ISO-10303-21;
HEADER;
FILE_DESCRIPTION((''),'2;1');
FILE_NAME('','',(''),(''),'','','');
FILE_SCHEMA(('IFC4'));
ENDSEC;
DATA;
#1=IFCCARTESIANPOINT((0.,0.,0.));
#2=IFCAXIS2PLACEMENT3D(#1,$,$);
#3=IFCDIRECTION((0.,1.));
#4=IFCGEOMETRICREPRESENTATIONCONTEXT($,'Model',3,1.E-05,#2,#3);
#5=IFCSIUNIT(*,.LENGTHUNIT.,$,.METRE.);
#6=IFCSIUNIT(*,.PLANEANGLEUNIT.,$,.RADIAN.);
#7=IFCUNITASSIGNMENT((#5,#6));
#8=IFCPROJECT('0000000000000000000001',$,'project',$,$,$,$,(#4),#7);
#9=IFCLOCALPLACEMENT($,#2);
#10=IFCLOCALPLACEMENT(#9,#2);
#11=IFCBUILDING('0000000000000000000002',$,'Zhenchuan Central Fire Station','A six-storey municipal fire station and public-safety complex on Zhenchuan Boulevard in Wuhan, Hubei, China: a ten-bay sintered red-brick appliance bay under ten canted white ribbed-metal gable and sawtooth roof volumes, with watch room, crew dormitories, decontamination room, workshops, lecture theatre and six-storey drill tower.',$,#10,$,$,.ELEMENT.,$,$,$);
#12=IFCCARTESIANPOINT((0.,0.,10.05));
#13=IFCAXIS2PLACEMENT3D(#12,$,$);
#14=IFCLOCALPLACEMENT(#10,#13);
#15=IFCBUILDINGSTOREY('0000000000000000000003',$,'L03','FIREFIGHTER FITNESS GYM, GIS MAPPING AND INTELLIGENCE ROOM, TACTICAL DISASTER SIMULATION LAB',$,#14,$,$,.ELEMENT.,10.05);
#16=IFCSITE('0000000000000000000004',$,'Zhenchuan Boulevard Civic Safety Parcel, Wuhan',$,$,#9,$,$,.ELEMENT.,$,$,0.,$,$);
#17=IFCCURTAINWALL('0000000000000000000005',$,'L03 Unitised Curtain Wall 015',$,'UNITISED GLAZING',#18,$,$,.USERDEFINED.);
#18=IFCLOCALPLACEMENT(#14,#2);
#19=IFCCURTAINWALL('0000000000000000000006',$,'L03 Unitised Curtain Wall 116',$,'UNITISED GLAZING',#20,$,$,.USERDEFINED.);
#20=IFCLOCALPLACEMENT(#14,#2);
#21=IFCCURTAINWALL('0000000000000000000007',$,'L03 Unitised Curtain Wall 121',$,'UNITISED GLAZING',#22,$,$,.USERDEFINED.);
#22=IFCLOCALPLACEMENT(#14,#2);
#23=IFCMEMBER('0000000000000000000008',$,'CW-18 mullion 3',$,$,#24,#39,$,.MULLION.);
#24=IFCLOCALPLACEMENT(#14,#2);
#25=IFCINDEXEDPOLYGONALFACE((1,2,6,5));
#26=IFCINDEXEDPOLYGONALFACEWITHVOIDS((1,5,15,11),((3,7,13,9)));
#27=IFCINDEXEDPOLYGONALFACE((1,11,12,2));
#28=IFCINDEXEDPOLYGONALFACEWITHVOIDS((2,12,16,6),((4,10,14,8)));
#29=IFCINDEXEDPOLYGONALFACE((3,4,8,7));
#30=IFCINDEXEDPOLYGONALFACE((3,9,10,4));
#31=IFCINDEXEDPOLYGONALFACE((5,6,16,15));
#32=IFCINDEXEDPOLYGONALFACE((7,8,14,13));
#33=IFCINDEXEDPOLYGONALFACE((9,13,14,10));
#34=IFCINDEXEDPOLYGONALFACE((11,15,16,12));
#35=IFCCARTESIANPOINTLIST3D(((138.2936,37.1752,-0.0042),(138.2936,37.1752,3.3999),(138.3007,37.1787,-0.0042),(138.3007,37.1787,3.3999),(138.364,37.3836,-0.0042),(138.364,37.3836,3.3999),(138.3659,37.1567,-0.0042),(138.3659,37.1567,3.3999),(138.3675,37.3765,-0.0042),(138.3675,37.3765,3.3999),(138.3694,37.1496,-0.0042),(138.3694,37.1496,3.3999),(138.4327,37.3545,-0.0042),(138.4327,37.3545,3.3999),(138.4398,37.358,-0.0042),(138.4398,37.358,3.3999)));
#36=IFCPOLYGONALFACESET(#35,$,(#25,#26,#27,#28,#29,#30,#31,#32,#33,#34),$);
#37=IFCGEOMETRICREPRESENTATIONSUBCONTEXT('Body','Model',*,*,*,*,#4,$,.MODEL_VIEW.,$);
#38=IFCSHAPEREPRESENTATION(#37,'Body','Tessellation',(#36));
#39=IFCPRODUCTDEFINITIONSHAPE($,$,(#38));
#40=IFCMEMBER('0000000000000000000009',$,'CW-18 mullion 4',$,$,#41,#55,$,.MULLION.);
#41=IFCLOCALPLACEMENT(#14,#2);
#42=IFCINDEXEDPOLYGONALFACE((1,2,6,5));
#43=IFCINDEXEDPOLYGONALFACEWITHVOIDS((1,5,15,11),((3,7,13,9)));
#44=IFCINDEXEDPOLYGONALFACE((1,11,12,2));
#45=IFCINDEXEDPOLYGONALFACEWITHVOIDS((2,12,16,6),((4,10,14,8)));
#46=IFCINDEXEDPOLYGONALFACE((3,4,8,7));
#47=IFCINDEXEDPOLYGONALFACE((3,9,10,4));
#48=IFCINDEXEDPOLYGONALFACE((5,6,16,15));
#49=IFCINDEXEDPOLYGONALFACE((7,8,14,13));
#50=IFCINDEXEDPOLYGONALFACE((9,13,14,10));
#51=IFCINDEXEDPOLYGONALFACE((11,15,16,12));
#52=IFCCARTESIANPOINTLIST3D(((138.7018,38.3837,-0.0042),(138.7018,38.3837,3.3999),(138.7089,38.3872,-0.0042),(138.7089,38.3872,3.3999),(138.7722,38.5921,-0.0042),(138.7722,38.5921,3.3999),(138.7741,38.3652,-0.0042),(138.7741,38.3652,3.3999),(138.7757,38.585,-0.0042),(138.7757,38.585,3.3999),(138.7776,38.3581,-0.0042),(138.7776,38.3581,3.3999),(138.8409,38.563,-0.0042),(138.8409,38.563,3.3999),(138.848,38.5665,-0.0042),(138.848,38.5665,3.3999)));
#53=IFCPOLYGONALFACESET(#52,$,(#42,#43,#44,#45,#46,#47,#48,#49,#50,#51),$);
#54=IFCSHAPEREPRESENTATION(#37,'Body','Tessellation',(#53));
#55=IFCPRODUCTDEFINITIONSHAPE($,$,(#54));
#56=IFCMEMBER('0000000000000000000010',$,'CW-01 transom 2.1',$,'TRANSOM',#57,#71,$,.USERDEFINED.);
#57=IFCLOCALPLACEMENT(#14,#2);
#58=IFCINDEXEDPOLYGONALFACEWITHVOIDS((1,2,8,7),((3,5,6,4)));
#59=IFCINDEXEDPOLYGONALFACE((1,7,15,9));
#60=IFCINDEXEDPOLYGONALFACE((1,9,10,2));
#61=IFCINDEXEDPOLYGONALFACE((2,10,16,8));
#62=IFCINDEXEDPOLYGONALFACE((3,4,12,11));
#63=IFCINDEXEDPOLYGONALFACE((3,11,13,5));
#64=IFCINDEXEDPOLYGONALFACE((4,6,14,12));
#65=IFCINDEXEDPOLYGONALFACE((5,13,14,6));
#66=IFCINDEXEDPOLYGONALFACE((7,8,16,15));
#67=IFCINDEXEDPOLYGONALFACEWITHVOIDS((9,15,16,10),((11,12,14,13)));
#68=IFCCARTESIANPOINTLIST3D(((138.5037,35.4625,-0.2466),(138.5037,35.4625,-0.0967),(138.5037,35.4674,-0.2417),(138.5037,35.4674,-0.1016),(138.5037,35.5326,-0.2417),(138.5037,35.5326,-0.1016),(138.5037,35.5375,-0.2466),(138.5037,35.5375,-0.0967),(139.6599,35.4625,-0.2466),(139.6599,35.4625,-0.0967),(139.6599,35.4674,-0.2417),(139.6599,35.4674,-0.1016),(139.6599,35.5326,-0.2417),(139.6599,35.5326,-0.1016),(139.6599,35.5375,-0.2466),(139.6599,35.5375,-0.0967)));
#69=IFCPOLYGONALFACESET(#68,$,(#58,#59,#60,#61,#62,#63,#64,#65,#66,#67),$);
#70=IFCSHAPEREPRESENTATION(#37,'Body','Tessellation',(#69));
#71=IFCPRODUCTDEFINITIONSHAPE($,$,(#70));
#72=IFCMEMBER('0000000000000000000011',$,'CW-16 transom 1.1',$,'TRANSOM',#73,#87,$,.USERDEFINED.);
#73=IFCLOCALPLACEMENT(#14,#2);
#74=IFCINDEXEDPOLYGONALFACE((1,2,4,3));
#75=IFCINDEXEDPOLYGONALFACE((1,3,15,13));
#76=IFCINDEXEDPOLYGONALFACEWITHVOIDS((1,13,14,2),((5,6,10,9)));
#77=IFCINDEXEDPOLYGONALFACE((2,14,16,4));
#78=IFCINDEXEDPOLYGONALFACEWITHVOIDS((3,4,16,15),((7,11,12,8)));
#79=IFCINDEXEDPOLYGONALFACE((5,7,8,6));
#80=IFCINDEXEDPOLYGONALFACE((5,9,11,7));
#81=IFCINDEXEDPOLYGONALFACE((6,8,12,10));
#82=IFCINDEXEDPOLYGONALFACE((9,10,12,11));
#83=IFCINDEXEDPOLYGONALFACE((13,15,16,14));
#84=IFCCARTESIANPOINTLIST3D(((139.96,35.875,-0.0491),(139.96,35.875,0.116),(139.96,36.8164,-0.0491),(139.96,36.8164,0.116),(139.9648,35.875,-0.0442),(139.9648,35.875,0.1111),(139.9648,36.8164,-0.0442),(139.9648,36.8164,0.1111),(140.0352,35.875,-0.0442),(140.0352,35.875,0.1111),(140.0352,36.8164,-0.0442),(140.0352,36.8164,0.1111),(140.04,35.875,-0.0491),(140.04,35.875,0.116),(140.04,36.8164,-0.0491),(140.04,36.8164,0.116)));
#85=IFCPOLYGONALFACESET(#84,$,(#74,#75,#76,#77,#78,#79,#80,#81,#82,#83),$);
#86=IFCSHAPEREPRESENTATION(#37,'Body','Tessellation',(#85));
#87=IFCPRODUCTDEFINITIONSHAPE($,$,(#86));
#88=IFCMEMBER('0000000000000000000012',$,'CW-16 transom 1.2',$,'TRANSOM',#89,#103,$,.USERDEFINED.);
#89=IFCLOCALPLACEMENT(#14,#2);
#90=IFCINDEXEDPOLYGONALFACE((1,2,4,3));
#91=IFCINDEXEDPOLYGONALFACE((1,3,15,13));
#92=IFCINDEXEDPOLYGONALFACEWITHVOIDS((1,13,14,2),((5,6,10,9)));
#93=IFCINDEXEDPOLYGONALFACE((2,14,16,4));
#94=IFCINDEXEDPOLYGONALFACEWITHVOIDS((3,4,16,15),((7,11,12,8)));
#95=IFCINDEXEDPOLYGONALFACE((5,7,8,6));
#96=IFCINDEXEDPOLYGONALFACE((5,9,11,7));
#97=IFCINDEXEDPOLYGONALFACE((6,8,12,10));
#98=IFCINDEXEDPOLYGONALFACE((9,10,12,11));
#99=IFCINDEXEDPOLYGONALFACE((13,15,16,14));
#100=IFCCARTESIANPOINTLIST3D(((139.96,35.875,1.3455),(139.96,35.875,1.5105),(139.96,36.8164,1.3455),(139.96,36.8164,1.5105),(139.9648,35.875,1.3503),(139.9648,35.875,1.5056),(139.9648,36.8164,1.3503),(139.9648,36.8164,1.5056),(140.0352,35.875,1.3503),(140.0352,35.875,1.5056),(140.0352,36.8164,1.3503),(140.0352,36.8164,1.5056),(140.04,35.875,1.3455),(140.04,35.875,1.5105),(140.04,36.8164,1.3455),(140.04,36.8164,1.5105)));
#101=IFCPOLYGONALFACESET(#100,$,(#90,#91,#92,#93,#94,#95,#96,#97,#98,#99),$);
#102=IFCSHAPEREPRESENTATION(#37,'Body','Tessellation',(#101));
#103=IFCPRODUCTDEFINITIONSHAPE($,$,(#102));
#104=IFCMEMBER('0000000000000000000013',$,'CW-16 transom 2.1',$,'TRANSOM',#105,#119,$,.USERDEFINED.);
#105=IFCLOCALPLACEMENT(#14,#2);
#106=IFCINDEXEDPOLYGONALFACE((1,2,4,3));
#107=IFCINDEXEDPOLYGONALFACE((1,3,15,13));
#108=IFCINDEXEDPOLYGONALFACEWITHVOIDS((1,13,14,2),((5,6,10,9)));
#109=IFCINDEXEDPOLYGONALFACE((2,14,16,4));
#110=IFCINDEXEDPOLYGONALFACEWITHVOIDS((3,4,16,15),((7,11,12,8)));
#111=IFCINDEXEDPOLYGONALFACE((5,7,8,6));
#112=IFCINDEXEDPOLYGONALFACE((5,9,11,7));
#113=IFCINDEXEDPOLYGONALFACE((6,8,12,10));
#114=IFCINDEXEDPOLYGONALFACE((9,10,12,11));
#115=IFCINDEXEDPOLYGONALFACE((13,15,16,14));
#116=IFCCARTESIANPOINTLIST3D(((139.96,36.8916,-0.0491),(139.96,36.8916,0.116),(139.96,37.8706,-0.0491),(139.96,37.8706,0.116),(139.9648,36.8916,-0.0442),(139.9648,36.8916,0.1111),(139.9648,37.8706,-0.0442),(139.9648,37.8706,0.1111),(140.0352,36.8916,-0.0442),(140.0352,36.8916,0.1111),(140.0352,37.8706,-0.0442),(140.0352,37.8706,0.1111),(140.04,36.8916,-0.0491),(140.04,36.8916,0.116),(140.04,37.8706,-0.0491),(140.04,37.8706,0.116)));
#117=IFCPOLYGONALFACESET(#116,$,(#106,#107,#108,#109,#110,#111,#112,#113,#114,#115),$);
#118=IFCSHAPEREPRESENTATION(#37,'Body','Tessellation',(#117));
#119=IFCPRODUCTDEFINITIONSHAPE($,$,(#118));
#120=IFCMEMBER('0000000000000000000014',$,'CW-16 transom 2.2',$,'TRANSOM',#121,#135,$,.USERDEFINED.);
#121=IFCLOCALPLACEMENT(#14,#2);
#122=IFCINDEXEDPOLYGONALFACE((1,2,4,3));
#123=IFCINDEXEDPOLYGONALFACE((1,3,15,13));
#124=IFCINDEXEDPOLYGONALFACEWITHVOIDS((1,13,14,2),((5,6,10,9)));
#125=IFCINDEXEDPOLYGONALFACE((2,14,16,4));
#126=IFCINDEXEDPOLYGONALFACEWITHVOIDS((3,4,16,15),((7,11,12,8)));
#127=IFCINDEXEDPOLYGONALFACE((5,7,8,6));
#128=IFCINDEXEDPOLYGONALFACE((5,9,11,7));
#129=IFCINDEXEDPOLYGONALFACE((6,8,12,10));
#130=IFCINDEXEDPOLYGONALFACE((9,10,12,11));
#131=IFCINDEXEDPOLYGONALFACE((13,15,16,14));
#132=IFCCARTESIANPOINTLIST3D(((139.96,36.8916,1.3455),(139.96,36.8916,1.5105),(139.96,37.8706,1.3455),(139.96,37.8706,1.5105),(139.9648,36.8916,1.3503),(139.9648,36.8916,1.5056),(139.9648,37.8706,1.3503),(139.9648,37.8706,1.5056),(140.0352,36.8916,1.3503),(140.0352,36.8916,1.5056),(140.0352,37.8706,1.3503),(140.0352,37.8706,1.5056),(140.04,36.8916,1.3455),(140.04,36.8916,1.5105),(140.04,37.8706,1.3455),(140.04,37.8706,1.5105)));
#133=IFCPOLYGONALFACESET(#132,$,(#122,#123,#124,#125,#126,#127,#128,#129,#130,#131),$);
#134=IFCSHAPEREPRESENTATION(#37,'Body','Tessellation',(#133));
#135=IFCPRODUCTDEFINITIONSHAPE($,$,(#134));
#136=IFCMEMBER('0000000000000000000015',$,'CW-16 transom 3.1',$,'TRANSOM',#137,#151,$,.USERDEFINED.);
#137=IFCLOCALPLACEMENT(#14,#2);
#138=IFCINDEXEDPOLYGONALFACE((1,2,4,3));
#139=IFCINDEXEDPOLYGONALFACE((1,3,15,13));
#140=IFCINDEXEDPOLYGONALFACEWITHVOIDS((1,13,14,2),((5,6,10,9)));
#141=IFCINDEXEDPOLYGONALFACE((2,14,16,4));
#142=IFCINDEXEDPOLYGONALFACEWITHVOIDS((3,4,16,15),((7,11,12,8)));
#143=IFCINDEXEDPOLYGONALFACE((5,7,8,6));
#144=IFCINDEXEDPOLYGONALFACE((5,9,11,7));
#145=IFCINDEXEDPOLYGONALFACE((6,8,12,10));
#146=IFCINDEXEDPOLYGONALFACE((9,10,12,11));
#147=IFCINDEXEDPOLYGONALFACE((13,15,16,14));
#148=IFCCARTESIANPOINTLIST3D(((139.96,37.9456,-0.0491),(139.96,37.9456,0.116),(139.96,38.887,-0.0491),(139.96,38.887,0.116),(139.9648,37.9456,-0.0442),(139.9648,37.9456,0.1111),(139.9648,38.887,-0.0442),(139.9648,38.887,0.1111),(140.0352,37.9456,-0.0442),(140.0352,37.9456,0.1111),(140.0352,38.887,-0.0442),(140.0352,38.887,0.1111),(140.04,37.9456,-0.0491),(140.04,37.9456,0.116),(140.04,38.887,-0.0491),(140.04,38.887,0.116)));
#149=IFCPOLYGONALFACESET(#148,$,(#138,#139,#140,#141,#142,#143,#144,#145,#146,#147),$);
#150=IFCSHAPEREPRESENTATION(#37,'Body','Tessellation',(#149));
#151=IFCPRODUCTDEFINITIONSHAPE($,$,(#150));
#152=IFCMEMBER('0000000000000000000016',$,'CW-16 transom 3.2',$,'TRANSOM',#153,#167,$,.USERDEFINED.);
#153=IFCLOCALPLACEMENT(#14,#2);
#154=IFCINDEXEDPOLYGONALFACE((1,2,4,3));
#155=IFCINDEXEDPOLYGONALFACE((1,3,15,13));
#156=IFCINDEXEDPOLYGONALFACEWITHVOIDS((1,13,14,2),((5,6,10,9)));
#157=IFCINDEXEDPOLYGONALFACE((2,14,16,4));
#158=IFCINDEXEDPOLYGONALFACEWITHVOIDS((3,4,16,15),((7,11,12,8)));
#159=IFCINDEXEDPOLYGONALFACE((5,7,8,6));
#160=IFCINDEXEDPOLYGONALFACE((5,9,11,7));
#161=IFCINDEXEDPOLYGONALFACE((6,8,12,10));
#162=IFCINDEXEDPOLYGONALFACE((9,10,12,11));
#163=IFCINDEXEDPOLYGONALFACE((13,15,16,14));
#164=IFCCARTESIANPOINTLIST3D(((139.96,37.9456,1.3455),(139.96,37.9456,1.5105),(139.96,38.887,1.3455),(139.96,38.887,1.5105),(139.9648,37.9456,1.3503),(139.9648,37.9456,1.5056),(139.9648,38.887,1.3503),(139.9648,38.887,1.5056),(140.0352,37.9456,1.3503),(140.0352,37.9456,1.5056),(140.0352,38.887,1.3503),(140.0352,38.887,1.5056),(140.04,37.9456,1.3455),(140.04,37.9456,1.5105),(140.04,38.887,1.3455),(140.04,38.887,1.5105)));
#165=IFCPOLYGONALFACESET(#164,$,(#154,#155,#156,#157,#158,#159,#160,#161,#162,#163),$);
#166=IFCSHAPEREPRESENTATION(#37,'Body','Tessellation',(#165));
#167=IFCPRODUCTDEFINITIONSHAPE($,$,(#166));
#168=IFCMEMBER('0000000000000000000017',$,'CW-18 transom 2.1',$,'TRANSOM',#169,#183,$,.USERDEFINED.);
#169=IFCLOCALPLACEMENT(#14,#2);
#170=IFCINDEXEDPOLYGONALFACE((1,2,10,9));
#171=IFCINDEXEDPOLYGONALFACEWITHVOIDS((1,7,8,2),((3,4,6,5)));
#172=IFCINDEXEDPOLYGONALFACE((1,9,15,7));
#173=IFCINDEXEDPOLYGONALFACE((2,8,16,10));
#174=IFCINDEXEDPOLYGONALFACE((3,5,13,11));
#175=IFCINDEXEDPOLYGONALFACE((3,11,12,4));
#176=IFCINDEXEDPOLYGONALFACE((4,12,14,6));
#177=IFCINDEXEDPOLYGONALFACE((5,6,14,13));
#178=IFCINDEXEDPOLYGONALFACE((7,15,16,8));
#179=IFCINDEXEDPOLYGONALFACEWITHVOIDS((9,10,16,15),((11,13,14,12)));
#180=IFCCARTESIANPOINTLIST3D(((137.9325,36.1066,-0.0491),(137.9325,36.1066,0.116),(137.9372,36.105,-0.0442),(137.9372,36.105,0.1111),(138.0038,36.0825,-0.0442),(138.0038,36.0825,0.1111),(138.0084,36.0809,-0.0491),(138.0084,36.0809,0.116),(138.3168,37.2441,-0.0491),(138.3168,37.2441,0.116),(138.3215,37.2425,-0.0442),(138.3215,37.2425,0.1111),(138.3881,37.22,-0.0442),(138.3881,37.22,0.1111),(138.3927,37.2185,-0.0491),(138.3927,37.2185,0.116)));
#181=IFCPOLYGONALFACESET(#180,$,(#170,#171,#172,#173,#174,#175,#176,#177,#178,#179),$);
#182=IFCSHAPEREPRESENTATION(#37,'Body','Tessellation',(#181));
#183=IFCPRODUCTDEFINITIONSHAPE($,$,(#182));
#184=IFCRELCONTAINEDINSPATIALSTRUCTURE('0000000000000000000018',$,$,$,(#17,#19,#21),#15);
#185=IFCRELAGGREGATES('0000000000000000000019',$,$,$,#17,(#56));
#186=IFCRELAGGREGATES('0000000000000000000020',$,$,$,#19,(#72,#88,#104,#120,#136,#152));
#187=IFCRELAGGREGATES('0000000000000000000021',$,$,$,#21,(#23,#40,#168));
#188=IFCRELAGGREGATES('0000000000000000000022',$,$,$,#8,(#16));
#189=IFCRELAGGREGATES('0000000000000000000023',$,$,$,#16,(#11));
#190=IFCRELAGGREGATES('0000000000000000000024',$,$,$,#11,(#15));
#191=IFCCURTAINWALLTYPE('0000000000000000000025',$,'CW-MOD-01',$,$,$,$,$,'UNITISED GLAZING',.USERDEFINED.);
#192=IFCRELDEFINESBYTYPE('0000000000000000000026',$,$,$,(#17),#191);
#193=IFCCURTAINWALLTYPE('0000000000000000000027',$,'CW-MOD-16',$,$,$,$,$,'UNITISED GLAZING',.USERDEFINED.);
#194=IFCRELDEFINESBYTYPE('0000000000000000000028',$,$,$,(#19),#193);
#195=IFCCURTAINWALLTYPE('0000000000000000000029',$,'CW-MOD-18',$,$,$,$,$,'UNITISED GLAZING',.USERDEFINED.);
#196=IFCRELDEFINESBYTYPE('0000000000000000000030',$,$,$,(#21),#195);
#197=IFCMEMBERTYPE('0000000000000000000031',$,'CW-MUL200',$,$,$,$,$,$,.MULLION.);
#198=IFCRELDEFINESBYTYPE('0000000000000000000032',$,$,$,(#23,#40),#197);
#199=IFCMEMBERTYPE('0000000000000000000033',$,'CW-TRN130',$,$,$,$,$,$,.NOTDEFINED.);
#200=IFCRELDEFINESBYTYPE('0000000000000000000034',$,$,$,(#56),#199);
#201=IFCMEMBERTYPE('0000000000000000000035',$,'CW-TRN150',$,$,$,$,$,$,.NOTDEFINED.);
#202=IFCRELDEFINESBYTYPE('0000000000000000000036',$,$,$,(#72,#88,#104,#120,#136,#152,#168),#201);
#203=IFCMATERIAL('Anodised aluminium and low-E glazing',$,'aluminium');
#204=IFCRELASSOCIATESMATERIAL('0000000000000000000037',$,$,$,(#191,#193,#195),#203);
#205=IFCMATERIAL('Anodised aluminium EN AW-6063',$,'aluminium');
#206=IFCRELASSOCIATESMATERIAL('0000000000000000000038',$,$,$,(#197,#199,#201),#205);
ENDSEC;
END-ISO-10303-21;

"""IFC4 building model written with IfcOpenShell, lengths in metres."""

from ifc_helpers import new_model, si_unit, direction, frame, origin, origin_2d, place, context, subcontext, project, spatial, hollow_rectangle, extrude, material, material_profile, profile_set, type_object, element, aggregate, save


model = new_model("IFC4")

# Units and contexts
model_context = context("Model", 3, precision=1e-05, world=origin(), true_north=direction((0.0, 1.0)))
body_context = subcontext(model_context, "Body", "Model", "MODEL_VIEW")
ifc_project = project(units=[si_unit("LENGTHUNIT", "METRE"), si_unit("PLANEANGLEUNIT", "RADIAN")], contexts=[model_context])

# Site, building, storey
site_placement = place(None, origin())
site = spatial("IfcSite", under=ifc_project, at=site_placement, Name="Zhenchuan Boulevard Civic Safety Parcel, Wuhan", CompositionType="ELEMENT", RefElevation=0.0)
building_placement = place(site_placement, origin())
building = spatial("IfcBuilding", under=site, at=building_placement, Name="Zhenchuan Central Fire Station", Description="A six-storey municipal fire station and public-safety complex on Zhenchuan Boulevard in Wuhan, Hubei, China: a ten-bay sintered red-brick appliance bay under ten canted white ribbed-metal gable and sawtooth roof volumes, with watch room, crew dormitories, decontamination room, workshops, lecture theatre and six-storey drill tower.", CompositionType="ELEMENT")
storey_placement = place(building_placement, frame((0.0, 0.0, 10.05)))
storey = spatial("IfcBuildingStorey", under=building, at=storey_placement, Name="L03", Description="FIREFIGHTER FITNESS GYM, GIS MAPPING AND INTELLIGENCE ROOM, TACTICAL DISASTER SIMULATION LAB", CompositionType="ELEMENT", Elevation=10.05)

# Curtain walls
ifc_material_1 = material(Name="Anodised aluminium and low-E glazing", Category="aluminium")
curtain_wall_type_1 = type_object("IfcCurtainWallType", Name="CW-MOD-01", ElementType="UNITISED GLAZING", PredefinedType="USERDEFINED", material=ifc_material_1)
curtain_wall_1_placement = place(storey_placement, origin())
curtain_wall_1 = element("IfcCurtainWall", 1, at=curtain_wall_1_placement, inside=storey, type_object=curtain_wall_type_1, Name="L03 Unitised Curtain Wall 015", ObjectType="UNITISED GLAZING", PredefinedType="USERDEFINED")
ifc_material_2 = material(Name="Anodised aluminium EN AW-6063", Category="aluminium")
curtain_wall_type_2 = type_object("IfcCurtainWallType", Name="CW-MOD-16", ElementType="UNITISED GLAZING", PredefinedType="USERDEFINED", material=ifc_material_1)
curtain_wall_2_placement = place(storey_placement, origin())
curtain_wall_2 = element("IfcCurtainWall", 2, at=curtain_wall_2_placement, inside=storey, type_object=curtain_wall_type_2, Name="L03 Unitised Curtain Wall 116", ObjectType="UNITISED GLAZING", PredefinedType="USERDEFINED")
ifc_material_profile_1 = material_profile(ifc_material_2, hollow_rectangle(XDim=0.0801, YDim=0.22, WallThickness=0.0056, at=origin_2d()), Name="ALU-M 220x80")
ifc_profile_set_1 = profile_set([ifc_material_profile_1], Name="Anodised aluminium EN AW-6063")
member_type_1 = type_object("IfcMemberType", Name="CW-MUL200", PredefinedType="MULLION", material=ifc_profile_set_1)

# Curtain wall, members
curtain_wall_type_3 = type_object("IfcCurtainWallType", Name="CW-MOD-18", ElementType="UNITISED GLAZING", PredefinedType="USERDEFINED", material=ifc_material_1)
curtain_wall_3_placement = place(storey_placement, origin())
curtain_wall_3 = element("IfcCurtainWall", 3, at=curtain_wall_3_placement, inside=storey, type_object=curtain_wall_type_3, Name="L03 Unitised Curtain Wall 121", ObjectType="UNITISED GLAZING", PredefinedType="USERDEFINED")
member_1_placement = place(storey_placement, frame((138.3667, 37.2666, -0.0042), z_axis=(0.0, 0.0, 1.0), x_axis=(-0.947368, 0.320145, 0.0)))
member_1 = element("IfcMember", 4, at=member_1_placement, type_object=member_type_1, Name="CW-18 mullion 3", PredefinedType="MULLION", context=body_context, shape_type="SweptSolid", body=[
    extrude(hollow_rectangle(XDim=0.0801, YDim=0.22, WallThickness=0.0056, at=origin_2d()), origin(), (0.0, 0.0, 1.0), 3.4041),
])
member_2_placement = place(storey_placement, frame((138.7749, 38.4751, -0.0042), z_axis=(0.0, 0.0, 1.0), x_axis=(-0.947368, 0.320145, 0.0)))
member_2 = element("IfcMember", 5, at=member_2_placement, type_object=member_type_1, Name="CW-18 mullion 4", PredefinedType="MULLION", context=body_context, shape_type="SweptSolid", body=[
    extrude(hollow_rectangle(XDim=0.0801, YDim=0.22, WallThickness=0.0056, at=origin_2d()), origin(), (0.0, 0.0, 1.0), 3.4041),
])

# Members
ifc_material_profile_2 = material_profile(ifc_material_2, hollow_rectangle(XDim=0.075, YDim=0.1499, WallThickness=0.0049, at=origin_2d()), Name="ALU-T 150x75")
ifc_profile_set_2 = profile_set([ifc_material_profile_2], Name="Anodised aluminium EN AW-6063")
member_type_2 = type_object("IfcMemberType", Name="CW-TRN130", PredefinedType="NOTDEFINED", material=ifc_profile_set_2)
member_3_placement = place(storey_placement, frame((138.5037, 35.5, -0.1716), z_axis=(1.0, 0.0, 0.0), x_axis=(0.0, 1.0, 0.0)))
member_3 = element("IfcMember", 6, at=member_3_placement, type_object=member_type_2, Name="CW-01 transom 2.1", ObjectType="TRANSOM", PredefinedType="USERDEFINED", context=body_context, shape_type="SweptSolid", body=[
    extrude(hollow_rectangle(XDim=0.075, YDim=0.1499, WallThickness=0.0049, at=origin_2d()), origin(), (0.0, 0.0, 1.0), 1.1562),
])
ifc_material_profile_3 = material_profile(ifc_material_2, hollow_rectangle(XDim=0.0801, YDim=0.165, WallThickness=0.0049, at=origin_2d()), Name="ALU-T 165x80")
ifc_profile_set_3 = profile_set([ifc_material_profile_3], Name="Anodised aluminium EN AW-6063")
member_type_3 = type_object("IfcMemberType", Name="CW-TRN150", PredefinedType="NOTDEFINED", material=ifc_profile_set_3)
member_4_placement = place(storey_placement, frame((140.0, 35.875, 0.0334), z_axis=(0.0, 1.0, 0.0), x_axis=(-1.0, 0.0, 0.0)))
member_4 = element("IfcMember", 7, at=member_4_placement, type_object=member_type_3, Name="CW-16 transom 1.1", ObjectType="TRANSOM", PredefinedType="USERDEFINED", context=body_context, shape_type="SweptSolid", body=[
    extrude(hollow_rectangle(XDim=0.0801, YDim=0.165, WallThickness=0.0049, at=origin_2d()), origin(), (0.0, 0.0, 1.0), 0.9414),
])
member_5_placement = place(storey_placement, frame((140.0, 35.875, 1.428), z_axis=(0.0, 1.0, 0.0), x_axis=(-1.0, 0.0, 0.0)))
member_5 = element("IfcMember", 8, at=member_5_placement, type_object=member_type_3, Name="CW-16 transom 1.2", ObjectType="TRANSOM", PredefinedType="USERDEFINED", context=body_context, shape_type="SweptSolid", body=[
    extrude(hollow_rectangle(XDim=0.0801, YDim=0.165, WallThickness=0.0049, at=origin_2d()), origin(), (0.0, 0.0, 1.0), 0.9414),
])
member_6_placement = place(storey_placement, frame((140.0, 36.8916, 0.0334), z_axis=(0.0, 1.0, 0.0), x_axis=(-1.0, 0.0, 0.0)))
member_6 = element("IfcMember", 9, at=member_6_placement, type_object=member_type_3, Name="CW-16 transom 2.1", ObjectType="TRANSOM", PredefinedType="USERDEFINED", context=body_context, shape_type="SweptSolid", body=[
    extrude(hollow_rectangle(XDim=0.0801, YDim=0.165, WallThickness=0.0049, at=origin_2d()), origin(), (0.0, 0.0, 1.0), 0.979),
])
member_7_placement = place(storey_placement, frame((140.0, 36.8916, 1.428), z_axis=(0.0, 1.0, 0.0), x_axis=(-1.0, 0.0, 0.0)))
member_7 = element("IfcMember", 10, at=member_7_placement, type_object=member_type_3, Name="CW-16 transom 2.2", ObjectType="TRANSOM", PredefinedType="USERDEFINED", context=body_context, shape_type="SweptSolid", body=[
    extrude(hollow_rectangle(XDim=0.0801, YDim=0.165, WallThickness=0.0049, at=origin_2d()), origin(), (0.0, 0.0, 1.0), 0.979),
])
member_8_placement = place(storey_placement, frame((140.0, 37.9456, 0.0334), z_axis=(0.0, 1.0, 0.0), x_axis=(-1.0, 0.0, 0.0)))
member_8 = element("IfcMember", 11, at=member_8_placement, type_object=member_type_3, Name="CW-16 transom 3.1", ObjectType="TRANSOM", PredefinedType="USERDEFINED", context=body_context, shape_type="SweptSolid", body=[
    extrude(hollow_rectangle(XDim=0.0801, YDim=0.165, WallThickness=0.0049, at=origin_2d()), origin(), (0.0, 0.0, 1.0), 0.9414),
])
member_9_placement = place(storey_placement, frame((140.0, 37.9456, 1.428), z_axis=(0.0, 1.0, 0.0), x_axis=(-1.0, 0.0, 0.0)))
member_9 = element("IfcMember", 12, at=member_9_placement, type_object=member_type_3, Name="CW-16 transom 3.2", ObjectType="TRANSOM", PredefinedType="USERDEFINED", context=body_context, shape_type="SweptSolid", body=[
    extrude(hollow_rectangle(XDim=0.0801, YDim=0.165, WallThickness=0.0049, at=origin_2d()), origin(), (0.0, 0.0, 1.0), 0.9414),
])
member_10_placement = place(storey_placement, frame((137.9705, 36.0938, 0.0334), z_axis=(0.320068, 0.947394, 0.0), x_axis=(-0.947394, 0.320068, 0.0)))
member_10 = element("IfcMember", 13, at=member_10_placement, type_object=member_type_3, Name="CW-18 transom 2.1", ObjectType="TRANSOM", PredefinedType="USERDEFINED", context=body_context, shape_type="SweptSolid", body=[
    extrude(hollow_rectangle(XDim=0.0801, YDim=0.165, WallThickness=0.0049, at=origin_2d()), origin(), (0.0, 0.0, 1.0), 1.2007),
])

aggregate(curtain_wall_1, [member_3])
aggregate(curtain_wall_2, [member_4, member_5, member_6, member_7, member_8, member_9])
aggregate(curtain_wall_3, [member_1, member_2, member_10])

save(model, "model.ifc")
